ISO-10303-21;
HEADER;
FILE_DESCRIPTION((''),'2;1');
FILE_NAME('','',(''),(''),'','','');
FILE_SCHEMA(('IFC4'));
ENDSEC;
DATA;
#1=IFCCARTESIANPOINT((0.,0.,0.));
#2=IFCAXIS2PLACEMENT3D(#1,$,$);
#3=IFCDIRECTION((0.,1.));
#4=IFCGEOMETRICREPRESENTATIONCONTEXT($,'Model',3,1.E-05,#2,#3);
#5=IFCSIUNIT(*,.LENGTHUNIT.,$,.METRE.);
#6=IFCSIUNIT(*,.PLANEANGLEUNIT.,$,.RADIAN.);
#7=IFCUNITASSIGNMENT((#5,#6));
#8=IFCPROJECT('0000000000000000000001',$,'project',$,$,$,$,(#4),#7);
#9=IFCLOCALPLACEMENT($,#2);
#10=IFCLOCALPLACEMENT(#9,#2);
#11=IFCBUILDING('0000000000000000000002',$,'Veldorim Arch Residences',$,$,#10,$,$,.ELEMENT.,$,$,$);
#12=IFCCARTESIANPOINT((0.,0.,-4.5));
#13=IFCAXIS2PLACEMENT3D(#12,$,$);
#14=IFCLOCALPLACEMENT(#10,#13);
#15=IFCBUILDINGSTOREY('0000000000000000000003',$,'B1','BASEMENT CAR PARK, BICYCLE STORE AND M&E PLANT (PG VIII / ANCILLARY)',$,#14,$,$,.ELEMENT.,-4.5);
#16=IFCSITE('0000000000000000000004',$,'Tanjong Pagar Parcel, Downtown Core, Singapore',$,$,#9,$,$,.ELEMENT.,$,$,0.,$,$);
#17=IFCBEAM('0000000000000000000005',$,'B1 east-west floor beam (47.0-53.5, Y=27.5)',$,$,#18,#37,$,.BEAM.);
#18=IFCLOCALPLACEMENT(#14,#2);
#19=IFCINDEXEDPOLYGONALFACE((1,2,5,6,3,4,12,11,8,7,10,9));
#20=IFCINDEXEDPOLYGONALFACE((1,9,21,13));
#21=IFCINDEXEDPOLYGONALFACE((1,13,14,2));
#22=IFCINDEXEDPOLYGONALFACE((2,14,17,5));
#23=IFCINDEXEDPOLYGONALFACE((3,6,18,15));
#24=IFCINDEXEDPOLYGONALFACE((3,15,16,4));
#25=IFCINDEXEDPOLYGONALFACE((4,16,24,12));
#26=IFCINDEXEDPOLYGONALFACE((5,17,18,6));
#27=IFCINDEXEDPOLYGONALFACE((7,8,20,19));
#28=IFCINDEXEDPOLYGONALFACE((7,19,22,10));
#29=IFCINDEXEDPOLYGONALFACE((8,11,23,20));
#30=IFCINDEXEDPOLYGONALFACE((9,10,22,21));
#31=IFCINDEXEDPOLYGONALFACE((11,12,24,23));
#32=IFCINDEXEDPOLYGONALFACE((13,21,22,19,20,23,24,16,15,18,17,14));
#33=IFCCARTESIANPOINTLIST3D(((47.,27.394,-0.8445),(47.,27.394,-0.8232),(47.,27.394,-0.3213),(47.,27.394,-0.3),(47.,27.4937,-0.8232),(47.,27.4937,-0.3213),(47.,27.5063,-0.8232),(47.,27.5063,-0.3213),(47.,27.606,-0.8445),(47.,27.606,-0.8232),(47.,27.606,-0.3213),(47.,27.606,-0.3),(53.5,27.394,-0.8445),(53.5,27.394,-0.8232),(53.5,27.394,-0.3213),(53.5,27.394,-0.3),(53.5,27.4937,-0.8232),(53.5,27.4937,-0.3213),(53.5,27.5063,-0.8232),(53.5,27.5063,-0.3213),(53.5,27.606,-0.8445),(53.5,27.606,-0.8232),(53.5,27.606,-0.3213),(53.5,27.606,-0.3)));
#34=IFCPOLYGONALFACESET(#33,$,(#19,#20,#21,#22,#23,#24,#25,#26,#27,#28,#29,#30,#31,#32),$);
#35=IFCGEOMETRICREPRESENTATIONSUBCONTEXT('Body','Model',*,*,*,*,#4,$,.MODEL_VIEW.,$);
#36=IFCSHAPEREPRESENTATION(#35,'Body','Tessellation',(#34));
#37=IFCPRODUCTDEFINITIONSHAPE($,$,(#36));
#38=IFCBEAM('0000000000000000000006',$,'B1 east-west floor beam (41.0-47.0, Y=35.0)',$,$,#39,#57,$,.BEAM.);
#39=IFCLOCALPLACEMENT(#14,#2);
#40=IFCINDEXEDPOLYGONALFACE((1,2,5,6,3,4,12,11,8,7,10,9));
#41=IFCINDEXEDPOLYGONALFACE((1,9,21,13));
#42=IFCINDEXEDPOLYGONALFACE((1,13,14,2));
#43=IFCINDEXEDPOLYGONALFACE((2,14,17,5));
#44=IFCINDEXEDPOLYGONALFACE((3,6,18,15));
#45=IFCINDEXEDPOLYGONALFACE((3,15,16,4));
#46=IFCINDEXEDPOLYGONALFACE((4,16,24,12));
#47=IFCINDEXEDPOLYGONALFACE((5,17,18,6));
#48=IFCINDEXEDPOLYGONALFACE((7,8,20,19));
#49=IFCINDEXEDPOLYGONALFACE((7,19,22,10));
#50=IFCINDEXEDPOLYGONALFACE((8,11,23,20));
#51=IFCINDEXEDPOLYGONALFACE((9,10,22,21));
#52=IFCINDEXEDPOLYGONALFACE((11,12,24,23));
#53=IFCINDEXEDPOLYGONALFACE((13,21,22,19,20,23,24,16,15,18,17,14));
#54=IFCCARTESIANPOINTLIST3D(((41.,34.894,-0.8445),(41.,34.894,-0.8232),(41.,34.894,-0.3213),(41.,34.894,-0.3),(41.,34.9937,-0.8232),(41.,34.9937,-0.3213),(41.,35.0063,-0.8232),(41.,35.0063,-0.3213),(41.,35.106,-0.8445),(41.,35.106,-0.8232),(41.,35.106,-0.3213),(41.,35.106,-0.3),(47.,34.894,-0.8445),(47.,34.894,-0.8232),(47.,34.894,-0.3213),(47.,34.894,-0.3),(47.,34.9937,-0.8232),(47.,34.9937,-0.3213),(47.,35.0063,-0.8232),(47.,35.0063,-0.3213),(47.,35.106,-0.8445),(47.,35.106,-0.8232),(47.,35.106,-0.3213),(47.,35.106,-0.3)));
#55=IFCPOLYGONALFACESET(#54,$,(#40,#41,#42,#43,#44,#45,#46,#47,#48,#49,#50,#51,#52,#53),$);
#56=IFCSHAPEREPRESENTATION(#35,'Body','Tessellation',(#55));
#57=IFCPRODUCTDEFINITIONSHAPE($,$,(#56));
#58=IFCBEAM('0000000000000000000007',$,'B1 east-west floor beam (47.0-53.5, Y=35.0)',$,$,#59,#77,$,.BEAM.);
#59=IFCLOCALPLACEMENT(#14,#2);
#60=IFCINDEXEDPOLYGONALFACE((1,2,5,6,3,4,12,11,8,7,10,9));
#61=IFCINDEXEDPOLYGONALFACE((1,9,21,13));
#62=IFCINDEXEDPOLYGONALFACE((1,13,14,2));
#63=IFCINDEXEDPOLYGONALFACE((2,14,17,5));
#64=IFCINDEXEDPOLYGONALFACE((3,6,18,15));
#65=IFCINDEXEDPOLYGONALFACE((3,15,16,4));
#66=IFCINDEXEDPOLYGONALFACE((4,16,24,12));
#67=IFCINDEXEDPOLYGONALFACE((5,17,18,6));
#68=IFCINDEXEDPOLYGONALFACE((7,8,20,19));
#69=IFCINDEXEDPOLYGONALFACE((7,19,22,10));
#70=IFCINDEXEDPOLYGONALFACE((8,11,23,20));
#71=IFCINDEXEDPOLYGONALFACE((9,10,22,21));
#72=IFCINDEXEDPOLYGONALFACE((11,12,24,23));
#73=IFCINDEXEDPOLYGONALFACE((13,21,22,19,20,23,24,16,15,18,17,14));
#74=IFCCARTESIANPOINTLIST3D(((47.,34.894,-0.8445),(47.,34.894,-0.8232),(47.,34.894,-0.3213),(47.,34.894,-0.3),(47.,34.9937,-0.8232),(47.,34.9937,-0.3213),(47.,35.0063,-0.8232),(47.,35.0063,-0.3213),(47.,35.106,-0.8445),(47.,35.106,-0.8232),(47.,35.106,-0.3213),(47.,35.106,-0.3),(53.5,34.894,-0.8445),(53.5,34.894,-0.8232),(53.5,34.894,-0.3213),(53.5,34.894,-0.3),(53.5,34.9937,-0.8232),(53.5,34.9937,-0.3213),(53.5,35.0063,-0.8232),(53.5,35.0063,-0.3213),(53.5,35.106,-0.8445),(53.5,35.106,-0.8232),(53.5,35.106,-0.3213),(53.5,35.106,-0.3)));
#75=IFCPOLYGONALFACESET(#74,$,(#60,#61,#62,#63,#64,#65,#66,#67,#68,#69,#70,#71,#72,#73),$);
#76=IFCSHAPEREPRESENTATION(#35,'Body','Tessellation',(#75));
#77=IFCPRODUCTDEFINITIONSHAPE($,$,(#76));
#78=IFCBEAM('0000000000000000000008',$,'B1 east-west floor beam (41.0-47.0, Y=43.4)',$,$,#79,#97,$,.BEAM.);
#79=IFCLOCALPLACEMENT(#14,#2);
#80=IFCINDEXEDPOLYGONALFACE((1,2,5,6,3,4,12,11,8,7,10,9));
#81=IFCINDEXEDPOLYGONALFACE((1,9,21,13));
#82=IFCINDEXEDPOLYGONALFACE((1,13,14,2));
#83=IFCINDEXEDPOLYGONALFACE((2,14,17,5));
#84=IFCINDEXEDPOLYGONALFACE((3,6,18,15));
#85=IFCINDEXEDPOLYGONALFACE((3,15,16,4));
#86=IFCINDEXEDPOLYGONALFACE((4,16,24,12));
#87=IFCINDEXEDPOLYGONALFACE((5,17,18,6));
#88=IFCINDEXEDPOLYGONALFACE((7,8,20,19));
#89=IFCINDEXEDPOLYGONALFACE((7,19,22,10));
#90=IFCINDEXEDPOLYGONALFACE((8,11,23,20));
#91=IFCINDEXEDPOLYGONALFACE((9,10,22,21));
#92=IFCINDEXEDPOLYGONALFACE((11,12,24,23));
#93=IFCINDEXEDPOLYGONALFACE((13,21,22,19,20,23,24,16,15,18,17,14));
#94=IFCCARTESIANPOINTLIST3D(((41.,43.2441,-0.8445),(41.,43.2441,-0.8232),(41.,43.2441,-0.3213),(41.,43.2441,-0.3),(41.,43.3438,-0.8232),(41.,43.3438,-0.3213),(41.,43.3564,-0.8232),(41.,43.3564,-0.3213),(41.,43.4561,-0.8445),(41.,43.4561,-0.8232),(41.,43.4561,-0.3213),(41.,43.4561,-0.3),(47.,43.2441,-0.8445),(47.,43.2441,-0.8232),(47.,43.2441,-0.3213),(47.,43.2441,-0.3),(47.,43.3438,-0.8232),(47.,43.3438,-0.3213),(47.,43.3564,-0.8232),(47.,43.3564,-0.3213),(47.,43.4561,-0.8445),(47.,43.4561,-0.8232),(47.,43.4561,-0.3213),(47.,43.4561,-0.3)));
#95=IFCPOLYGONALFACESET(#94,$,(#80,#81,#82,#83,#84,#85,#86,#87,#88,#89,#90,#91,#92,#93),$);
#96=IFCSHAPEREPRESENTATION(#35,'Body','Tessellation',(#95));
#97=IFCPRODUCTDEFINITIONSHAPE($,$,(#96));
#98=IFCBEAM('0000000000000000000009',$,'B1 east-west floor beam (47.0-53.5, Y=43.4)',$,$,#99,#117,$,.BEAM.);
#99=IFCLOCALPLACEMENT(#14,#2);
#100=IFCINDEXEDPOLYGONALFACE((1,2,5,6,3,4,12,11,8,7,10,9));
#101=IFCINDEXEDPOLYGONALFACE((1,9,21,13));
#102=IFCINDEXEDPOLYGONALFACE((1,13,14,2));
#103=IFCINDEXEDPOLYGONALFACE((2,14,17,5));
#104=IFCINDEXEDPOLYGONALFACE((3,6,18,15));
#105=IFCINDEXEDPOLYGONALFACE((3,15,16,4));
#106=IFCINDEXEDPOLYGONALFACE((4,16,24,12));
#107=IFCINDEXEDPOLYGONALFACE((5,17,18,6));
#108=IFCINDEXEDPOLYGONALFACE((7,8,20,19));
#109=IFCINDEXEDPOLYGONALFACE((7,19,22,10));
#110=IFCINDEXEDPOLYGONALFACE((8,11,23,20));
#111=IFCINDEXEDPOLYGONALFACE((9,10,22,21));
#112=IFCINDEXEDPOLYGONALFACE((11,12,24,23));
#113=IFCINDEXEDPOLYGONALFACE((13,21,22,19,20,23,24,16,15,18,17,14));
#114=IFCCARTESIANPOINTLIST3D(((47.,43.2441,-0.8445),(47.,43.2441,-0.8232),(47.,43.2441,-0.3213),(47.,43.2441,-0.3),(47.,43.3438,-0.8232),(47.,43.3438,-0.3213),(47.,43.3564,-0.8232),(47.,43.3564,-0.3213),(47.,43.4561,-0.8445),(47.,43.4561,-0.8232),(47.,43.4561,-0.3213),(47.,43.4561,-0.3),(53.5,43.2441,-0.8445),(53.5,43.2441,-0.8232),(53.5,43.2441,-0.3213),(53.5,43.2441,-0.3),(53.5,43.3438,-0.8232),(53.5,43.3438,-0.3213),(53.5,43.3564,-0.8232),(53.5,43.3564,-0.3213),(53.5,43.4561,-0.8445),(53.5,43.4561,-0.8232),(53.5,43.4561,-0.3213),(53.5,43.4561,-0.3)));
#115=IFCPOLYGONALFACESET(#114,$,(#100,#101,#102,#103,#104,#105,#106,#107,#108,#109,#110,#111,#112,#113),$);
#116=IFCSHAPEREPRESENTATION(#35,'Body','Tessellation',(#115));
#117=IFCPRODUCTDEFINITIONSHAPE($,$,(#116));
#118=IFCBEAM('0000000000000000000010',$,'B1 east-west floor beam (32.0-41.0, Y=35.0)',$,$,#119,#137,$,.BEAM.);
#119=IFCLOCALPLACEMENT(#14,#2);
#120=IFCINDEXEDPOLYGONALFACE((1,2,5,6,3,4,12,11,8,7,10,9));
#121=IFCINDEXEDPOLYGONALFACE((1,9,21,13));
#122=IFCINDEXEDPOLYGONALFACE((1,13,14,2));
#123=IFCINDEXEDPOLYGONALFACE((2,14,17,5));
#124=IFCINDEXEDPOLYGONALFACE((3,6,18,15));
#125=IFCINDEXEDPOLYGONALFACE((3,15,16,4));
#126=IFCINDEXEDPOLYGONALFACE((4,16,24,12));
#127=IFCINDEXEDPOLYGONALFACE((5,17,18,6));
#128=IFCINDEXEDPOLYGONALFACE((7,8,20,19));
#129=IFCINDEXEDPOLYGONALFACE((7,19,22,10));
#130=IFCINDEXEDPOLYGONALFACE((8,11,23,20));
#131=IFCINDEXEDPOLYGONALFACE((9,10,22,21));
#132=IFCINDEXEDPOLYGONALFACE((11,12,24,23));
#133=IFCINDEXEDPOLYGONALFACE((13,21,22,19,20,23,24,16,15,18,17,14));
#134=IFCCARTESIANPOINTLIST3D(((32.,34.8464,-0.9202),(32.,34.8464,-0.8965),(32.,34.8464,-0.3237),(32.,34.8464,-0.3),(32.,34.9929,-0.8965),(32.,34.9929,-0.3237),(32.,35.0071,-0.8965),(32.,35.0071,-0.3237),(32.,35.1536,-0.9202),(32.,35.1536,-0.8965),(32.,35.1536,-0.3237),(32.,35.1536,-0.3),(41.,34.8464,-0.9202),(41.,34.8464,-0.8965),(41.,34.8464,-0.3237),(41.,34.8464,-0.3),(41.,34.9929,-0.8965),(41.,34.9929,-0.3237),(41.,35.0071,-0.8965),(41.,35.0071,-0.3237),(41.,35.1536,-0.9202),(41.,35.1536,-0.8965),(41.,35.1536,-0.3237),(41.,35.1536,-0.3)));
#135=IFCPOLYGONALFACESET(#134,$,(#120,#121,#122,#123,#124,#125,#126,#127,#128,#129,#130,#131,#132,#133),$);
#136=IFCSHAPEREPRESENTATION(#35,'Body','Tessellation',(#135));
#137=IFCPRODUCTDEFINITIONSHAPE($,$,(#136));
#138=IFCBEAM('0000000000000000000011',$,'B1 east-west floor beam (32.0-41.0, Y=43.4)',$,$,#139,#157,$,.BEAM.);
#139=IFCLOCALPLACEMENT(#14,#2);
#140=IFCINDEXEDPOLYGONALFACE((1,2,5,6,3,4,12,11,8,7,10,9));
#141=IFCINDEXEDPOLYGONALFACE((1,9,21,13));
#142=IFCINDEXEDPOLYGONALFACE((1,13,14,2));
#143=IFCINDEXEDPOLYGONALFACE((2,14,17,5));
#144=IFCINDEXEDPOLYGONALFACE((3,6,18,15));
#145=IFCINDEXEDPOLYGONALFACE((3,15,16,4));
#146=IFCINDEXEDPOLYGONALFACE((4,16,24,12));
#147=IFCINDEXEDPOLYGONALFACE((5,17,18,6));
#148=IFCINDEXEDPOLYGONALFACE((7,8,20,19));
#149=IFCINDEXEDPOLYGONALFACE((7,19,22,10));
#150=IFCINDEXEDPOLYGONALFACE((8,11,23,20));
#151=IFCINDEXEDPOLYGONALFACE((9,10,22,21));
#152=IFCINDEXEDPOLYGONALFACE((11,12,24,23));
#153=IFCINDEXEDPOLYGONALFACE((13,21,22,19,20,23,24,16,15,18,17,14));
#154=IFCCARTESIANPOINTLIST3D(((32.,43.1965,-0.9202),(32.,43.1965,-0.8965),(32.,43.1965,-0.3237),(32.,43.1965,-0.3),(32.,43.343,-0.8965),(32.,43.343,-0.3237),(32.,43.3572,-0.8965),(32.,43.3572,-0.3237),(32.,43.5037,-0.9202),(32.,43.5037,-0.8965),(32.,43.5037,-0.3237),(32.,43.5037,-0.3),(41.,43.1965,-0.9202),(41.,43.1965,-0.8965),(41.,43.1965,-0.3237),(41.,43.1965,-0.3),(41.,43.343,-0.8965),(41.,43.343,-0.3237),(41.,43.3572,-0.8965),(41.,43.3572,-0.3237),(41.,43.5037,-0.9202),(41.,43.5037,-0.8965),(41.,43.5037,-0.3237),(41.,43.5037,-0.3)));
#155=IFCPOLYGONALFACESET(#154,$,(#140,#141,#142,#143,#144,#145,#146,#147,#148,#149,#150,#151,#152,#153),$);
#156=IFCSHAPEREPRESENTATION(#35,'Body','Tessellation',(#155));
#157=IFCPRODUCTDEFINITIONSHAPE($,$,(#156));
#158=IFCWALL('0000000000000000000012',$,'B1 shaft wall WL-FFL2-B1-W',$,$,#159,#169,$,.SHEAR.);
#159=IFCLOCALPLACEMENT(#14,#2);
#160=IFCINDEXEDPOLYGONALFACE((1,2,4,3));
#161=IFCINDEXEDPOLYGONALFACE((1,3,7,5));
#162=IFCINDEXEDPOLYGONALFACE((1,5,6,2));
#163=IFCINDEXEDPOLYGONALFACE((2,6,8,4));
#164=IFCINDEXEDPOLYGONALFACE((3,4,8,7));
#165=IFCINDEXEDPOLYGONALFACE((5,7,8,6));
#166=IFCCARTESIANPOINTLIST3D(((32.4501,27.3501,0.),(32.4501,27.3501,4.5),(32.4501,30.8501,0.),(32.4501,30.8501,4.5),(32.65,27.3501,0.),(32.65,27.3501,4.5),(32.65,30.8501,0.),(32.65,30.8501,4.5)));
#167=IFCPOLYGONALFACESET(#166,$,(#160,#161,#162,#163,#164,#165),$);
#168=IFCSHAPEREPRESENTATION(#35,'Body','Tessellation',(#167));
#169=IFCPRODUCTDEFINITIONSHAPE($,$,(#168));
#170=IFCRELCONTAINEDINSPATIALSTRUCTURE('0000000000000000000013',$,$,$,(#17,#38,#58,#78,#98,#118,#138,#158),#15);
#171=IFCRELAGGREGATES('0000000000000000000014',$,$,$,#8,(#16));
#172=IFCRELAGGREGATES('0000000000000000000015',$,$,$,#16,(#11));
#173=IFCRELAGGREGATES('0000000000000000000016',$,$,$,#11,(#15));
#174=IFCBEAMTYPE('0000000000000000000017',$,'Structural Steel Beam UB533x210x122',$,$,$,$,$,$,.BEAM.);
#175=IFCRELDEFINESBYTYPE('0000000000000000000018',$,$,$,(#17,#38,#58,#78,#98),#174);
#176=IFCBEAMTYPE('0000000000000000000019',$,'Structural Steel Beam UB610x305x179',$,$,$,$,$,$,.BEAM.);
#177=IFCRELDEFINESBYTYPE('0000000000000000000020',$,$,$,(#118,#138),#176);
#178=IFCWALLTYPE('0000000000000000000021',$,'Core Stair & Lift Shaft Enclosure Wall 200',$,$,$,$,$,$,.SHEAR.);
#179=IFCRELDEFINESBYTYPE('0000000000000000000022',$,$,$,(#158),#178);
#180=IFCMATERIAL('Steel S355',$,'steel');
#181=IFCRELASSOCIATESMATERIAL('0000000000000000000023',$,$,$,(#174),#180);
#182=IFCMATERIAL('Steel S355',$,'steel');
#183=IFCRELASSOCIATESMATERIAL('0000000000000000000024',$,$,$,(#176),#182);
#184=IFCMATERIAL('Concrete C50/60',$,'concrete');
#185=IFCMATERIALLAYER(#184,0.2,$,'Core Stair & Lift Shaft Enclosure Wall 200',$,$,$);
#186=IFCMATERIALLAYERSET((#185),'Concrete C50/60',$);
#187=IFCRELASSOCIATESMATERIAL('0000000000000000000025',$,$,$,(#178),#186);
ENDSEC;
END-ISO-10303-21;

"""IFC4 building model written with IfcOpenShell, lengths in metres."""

from ifc_helpers import new_model, si_unit, direction, frame, frame_2d, origin, origin_2d, place, context, subcontext, project, spatial, rectangle, i_section, extrude, material, layer, layer_set, material_profile, profile_set, type_object, element, save


model = new_model("IFC4")

# Units and contexts
model_context = context("Model", 3, precision=1e-05, world=origin(), true_north=direction((0.0, 1.0)))
body_context = subcontext(model_context, "Body", "Model", "MODEL_VIEW")
ifc_project = project(units=[si_unit("LENGTHUNIT", "METRE"), si_unit("PLANEANGLEUNIT", "RADIAN")], contexts=[model_context])

# Site, building, storey
site_placement = place(None, origin())
site = spatial("IfcSite", under=ifc_project, at=site_placement, Name="Tanjong Pagar Parcel, Downtown Core, Singapore", CompositionType="ELEMENT", RefElevation=0.0)
building_placement = place(site_placement, origin())
building = spatial("IfcBuilding", under=site, at=building_placement, Name="Veldorim Arch Residences", CompositionType="ELEMENT")
storey_placement = place(building_placement, frame((0.0, 0.0, -4.5)))
storey = spatial("IfcBuildingStorey", under=building, at=storey_placement, Name="B1", Description="BASEMENT CAR PARK, BICYCLE STORE AND M&E PLANT (PG VIII / ANCILLARY)", CompositionType="ELEMENT", Elevation=-4.5)

# Beams
ifc_material_1 = material(Name="Steel S355", Category="steel")
ifc_material_profile_1 = material_profile(ifc_material_1, i_section(OverallWidth=0.2119, OverallDepth=0.5444, WebThickness=0.0127, FlangeThickness=0.0212, at=origin_2d()), Name="UB533x210x122")
ifc_profile_set_1 = profile_set([ifc_material_profile_1], Name="Steel S355")
beam_type_1 = type_object("IfcBeamType", Name="Structural Steel Beam UB533x210x122", PredefinedType="BEAM", material=ifc_profile_set_1)
beam_1_placement = place(storey_placement, frame((47.0, 27.5, -0.5723), z_axis=(1.0, 0.0, 0.0), x_axis=(0.0, 1.0, 0.0)))
element("IfcBeam", 1, at=beam_1_placement, inside=storey, type_object=beam_type_1, Name="B1 east-west floor beam (47.0-53.5, Y=27.5)", PredefinedType="BEAM", context=body_context, shape_type="SweptSolid", body=[
    extrude(i_section(OverallWidth=0.2119, OverallDepth=0.5444, WebThickness=0.0127, FlangeThickness=0.0212, at=origin_2d()), origin(), (0.0, 0.0, 1.0), 6.5),
])
beam_2_placement = place(storey_placement, frame((41.0, 35.0, -0.5723), z_axis=(1.0, 0.0, 0.0), x_axis=(0.0, 1.0, 0.0)))
element("IfcBeam", 2, at=beam_2_placement, inside=storey, type_object=beam_type_1, Name="B1 east-west floor beam (41.0-47.0, Y=35.0)", PredefinedType="BEAM", context=body_context, shape_type="SweptSolid", body=[
    extrude(i_section(OverallWidth=0.2119, OverallDepth=0.5444, WebThickness=0.0127, FlangeThickness=0.0212, at=origin_2d()), origin(), (0.0, 0.0, 1.0), 6.0),
])
beam_3_placement = place(storey_placement, frame((47.0, 35.0, -0.5723), z_axis=(1.0, 0.0, 0.0), x_axis=(0.0, 1.0, 0.0)))
element("IfcBeam", 3, at=beam_3_placement, inside=storey, type_object=beam_type_1, Name="B1 east-west floor beam (47.0-53.5, Y=35.0)", PredefinedType="BEAM", context=body_context, shape_type="SweptSolid", body=[
    extrude(i_section(OverallWidth=0.2119, OverallDepth=0.5444, WebThickness=0.0127, FlangeThickness=0.0212, at=origin_2d()), origin(), (0.0, 0.0, 1.0), 6.5),
])
beam_4_placement = place(storey_placement, frame((41.0, 43.3501, -0.5723), z_axis=(1.0, 0.0, 0.0), x_axis=(0.0, 1.0, 0.0)))
element("IfcBeam", 4, at=beam_4_placement, inside=storey, type_object=beam_type_1, Name="B1 east-west floor beam (41.0-47.0, Y=43.4)", PredefinedType="BEAM", context=body_context, shape_type="SweptSolid", body=[
    extrude(i_section(OverallWidth=0.2119, OverallDepth=0.5444, WebThickness=0.0127, FlangeThickness=0.0212, at=origin_2d()), origin(), (0.0, 0.0, 1.0), 6.0),
])
beam_5_placement = place(storey_placement, frame((47.0, 43.3501, -0.5723), z_axis=(1.0, 0.0, 0.0), x_axis=(0.0, 1.0, 0.0)))
element("IfcBeam", 5, at=beam_5_placement, inside=storey, type_object=beam_type_1, Name="B1 east-west floor beam (47.0-53.5, Y=43.4)", PredefinedType="BEAM", context=body_context, shape_type="SweptSolid", body=[
    extrude(i_section(OverallWidth=0.2119, OverallDepth=0.5444, WebThickness=0.0127, FlangeThickness=0.0212, at=origin_2d()), origin(), (0.0, 0.0, 1.0), 6.5),
])
ifc_material_2 = material(Name="Steel S355", Category="steel")
ifc_material_profile_2 = material_profile(ifc_material_2, i_section(OverallWidth=0.3071, OverallDepth=0.6201, WebThickness=0.0142, FlangeThickness=0.0237, at=origin_2d()), Name="UB610x305x179")
ifc_profile_set_2 = profile_set([ifc_material_profile_2], Name="Steel S355")
beam_type_2 = type_object("IfcBeamType", Name="Structural Steel Beam UB610x305x179", PredefinedType="BEAM", material=ifc_profile_set_2)
for number, where, z_axis, x_axis, name in (
    (6, (32.0, 35.0, -0.6101), (1.0, 0.0, 0.0), (0.0, 1.0, 0.0), "B1 east-west floor beam (32.0-41.0, Y=35.0)"),
    (7, (32.0, 43.3501, -0.6101), (1.0, 0.0, 0.0), (0.0, 1.0, 0.0), "B1 east-west floor beam (32.0-41.0, Y=43.4)"),
):
    element("IfcBeam", number, at=place(storey_placement, frame(where, z_axis=z_axis, x_axis=x_axis)), inside=storey, type_object=beam_type_2, Name=name, PredefinedType="BEAM", context=body_context, shape_type="SweptSolid", body=[
        extrude(i_section(OverallWidth=0.3071, OverallDepth=0.6201, WebThickness=0.0142, FlangeThickness=0.0237, at=origin_2d()), origin(), (0.0, 0.0, 1.0), 9.0),
    ])

# Shared definitions
ifc_material_3 = material(Name="Concrete C50/60", Category="concrete")
ifc_layer = layer(ifc_material_3, 0.2, Name="Core Stair & Lift Shaft Enclosure Wall 200")
ifc_layer_set = layer_set([ifc_layer], Name="Concrete C50/60")
wall_type = type_object("IfcWallType", Name="Core Stair & Lift Shaft Enclosure Wall 200", PredefinedType="SHEAR", material=ifc_layer_set)

# Wall
wall_1_placement = place(storey_placement, frame((32.55, 27.3501, 0.0), z_axis=(0.0, 0.0, 1.0), x_axis=(0.0, 1.0, 0.0)))
element("IfcWall", 8, at=wall_1_placement, inside=storey, type_object=wall_type, Name="B1 shaft wall WL-FFL2-B1-W", PredefinedType="SHEAR", context=body_context, shape_type="SweptSolid", body=[
    extrude(rectangle(XDim=3.5, YDim=0.2, at=frame_2d((1.75, 0.0))), origin(), (0.0, 0.0, 1.0), 4.5),
])

save(model, "model.ifc")
